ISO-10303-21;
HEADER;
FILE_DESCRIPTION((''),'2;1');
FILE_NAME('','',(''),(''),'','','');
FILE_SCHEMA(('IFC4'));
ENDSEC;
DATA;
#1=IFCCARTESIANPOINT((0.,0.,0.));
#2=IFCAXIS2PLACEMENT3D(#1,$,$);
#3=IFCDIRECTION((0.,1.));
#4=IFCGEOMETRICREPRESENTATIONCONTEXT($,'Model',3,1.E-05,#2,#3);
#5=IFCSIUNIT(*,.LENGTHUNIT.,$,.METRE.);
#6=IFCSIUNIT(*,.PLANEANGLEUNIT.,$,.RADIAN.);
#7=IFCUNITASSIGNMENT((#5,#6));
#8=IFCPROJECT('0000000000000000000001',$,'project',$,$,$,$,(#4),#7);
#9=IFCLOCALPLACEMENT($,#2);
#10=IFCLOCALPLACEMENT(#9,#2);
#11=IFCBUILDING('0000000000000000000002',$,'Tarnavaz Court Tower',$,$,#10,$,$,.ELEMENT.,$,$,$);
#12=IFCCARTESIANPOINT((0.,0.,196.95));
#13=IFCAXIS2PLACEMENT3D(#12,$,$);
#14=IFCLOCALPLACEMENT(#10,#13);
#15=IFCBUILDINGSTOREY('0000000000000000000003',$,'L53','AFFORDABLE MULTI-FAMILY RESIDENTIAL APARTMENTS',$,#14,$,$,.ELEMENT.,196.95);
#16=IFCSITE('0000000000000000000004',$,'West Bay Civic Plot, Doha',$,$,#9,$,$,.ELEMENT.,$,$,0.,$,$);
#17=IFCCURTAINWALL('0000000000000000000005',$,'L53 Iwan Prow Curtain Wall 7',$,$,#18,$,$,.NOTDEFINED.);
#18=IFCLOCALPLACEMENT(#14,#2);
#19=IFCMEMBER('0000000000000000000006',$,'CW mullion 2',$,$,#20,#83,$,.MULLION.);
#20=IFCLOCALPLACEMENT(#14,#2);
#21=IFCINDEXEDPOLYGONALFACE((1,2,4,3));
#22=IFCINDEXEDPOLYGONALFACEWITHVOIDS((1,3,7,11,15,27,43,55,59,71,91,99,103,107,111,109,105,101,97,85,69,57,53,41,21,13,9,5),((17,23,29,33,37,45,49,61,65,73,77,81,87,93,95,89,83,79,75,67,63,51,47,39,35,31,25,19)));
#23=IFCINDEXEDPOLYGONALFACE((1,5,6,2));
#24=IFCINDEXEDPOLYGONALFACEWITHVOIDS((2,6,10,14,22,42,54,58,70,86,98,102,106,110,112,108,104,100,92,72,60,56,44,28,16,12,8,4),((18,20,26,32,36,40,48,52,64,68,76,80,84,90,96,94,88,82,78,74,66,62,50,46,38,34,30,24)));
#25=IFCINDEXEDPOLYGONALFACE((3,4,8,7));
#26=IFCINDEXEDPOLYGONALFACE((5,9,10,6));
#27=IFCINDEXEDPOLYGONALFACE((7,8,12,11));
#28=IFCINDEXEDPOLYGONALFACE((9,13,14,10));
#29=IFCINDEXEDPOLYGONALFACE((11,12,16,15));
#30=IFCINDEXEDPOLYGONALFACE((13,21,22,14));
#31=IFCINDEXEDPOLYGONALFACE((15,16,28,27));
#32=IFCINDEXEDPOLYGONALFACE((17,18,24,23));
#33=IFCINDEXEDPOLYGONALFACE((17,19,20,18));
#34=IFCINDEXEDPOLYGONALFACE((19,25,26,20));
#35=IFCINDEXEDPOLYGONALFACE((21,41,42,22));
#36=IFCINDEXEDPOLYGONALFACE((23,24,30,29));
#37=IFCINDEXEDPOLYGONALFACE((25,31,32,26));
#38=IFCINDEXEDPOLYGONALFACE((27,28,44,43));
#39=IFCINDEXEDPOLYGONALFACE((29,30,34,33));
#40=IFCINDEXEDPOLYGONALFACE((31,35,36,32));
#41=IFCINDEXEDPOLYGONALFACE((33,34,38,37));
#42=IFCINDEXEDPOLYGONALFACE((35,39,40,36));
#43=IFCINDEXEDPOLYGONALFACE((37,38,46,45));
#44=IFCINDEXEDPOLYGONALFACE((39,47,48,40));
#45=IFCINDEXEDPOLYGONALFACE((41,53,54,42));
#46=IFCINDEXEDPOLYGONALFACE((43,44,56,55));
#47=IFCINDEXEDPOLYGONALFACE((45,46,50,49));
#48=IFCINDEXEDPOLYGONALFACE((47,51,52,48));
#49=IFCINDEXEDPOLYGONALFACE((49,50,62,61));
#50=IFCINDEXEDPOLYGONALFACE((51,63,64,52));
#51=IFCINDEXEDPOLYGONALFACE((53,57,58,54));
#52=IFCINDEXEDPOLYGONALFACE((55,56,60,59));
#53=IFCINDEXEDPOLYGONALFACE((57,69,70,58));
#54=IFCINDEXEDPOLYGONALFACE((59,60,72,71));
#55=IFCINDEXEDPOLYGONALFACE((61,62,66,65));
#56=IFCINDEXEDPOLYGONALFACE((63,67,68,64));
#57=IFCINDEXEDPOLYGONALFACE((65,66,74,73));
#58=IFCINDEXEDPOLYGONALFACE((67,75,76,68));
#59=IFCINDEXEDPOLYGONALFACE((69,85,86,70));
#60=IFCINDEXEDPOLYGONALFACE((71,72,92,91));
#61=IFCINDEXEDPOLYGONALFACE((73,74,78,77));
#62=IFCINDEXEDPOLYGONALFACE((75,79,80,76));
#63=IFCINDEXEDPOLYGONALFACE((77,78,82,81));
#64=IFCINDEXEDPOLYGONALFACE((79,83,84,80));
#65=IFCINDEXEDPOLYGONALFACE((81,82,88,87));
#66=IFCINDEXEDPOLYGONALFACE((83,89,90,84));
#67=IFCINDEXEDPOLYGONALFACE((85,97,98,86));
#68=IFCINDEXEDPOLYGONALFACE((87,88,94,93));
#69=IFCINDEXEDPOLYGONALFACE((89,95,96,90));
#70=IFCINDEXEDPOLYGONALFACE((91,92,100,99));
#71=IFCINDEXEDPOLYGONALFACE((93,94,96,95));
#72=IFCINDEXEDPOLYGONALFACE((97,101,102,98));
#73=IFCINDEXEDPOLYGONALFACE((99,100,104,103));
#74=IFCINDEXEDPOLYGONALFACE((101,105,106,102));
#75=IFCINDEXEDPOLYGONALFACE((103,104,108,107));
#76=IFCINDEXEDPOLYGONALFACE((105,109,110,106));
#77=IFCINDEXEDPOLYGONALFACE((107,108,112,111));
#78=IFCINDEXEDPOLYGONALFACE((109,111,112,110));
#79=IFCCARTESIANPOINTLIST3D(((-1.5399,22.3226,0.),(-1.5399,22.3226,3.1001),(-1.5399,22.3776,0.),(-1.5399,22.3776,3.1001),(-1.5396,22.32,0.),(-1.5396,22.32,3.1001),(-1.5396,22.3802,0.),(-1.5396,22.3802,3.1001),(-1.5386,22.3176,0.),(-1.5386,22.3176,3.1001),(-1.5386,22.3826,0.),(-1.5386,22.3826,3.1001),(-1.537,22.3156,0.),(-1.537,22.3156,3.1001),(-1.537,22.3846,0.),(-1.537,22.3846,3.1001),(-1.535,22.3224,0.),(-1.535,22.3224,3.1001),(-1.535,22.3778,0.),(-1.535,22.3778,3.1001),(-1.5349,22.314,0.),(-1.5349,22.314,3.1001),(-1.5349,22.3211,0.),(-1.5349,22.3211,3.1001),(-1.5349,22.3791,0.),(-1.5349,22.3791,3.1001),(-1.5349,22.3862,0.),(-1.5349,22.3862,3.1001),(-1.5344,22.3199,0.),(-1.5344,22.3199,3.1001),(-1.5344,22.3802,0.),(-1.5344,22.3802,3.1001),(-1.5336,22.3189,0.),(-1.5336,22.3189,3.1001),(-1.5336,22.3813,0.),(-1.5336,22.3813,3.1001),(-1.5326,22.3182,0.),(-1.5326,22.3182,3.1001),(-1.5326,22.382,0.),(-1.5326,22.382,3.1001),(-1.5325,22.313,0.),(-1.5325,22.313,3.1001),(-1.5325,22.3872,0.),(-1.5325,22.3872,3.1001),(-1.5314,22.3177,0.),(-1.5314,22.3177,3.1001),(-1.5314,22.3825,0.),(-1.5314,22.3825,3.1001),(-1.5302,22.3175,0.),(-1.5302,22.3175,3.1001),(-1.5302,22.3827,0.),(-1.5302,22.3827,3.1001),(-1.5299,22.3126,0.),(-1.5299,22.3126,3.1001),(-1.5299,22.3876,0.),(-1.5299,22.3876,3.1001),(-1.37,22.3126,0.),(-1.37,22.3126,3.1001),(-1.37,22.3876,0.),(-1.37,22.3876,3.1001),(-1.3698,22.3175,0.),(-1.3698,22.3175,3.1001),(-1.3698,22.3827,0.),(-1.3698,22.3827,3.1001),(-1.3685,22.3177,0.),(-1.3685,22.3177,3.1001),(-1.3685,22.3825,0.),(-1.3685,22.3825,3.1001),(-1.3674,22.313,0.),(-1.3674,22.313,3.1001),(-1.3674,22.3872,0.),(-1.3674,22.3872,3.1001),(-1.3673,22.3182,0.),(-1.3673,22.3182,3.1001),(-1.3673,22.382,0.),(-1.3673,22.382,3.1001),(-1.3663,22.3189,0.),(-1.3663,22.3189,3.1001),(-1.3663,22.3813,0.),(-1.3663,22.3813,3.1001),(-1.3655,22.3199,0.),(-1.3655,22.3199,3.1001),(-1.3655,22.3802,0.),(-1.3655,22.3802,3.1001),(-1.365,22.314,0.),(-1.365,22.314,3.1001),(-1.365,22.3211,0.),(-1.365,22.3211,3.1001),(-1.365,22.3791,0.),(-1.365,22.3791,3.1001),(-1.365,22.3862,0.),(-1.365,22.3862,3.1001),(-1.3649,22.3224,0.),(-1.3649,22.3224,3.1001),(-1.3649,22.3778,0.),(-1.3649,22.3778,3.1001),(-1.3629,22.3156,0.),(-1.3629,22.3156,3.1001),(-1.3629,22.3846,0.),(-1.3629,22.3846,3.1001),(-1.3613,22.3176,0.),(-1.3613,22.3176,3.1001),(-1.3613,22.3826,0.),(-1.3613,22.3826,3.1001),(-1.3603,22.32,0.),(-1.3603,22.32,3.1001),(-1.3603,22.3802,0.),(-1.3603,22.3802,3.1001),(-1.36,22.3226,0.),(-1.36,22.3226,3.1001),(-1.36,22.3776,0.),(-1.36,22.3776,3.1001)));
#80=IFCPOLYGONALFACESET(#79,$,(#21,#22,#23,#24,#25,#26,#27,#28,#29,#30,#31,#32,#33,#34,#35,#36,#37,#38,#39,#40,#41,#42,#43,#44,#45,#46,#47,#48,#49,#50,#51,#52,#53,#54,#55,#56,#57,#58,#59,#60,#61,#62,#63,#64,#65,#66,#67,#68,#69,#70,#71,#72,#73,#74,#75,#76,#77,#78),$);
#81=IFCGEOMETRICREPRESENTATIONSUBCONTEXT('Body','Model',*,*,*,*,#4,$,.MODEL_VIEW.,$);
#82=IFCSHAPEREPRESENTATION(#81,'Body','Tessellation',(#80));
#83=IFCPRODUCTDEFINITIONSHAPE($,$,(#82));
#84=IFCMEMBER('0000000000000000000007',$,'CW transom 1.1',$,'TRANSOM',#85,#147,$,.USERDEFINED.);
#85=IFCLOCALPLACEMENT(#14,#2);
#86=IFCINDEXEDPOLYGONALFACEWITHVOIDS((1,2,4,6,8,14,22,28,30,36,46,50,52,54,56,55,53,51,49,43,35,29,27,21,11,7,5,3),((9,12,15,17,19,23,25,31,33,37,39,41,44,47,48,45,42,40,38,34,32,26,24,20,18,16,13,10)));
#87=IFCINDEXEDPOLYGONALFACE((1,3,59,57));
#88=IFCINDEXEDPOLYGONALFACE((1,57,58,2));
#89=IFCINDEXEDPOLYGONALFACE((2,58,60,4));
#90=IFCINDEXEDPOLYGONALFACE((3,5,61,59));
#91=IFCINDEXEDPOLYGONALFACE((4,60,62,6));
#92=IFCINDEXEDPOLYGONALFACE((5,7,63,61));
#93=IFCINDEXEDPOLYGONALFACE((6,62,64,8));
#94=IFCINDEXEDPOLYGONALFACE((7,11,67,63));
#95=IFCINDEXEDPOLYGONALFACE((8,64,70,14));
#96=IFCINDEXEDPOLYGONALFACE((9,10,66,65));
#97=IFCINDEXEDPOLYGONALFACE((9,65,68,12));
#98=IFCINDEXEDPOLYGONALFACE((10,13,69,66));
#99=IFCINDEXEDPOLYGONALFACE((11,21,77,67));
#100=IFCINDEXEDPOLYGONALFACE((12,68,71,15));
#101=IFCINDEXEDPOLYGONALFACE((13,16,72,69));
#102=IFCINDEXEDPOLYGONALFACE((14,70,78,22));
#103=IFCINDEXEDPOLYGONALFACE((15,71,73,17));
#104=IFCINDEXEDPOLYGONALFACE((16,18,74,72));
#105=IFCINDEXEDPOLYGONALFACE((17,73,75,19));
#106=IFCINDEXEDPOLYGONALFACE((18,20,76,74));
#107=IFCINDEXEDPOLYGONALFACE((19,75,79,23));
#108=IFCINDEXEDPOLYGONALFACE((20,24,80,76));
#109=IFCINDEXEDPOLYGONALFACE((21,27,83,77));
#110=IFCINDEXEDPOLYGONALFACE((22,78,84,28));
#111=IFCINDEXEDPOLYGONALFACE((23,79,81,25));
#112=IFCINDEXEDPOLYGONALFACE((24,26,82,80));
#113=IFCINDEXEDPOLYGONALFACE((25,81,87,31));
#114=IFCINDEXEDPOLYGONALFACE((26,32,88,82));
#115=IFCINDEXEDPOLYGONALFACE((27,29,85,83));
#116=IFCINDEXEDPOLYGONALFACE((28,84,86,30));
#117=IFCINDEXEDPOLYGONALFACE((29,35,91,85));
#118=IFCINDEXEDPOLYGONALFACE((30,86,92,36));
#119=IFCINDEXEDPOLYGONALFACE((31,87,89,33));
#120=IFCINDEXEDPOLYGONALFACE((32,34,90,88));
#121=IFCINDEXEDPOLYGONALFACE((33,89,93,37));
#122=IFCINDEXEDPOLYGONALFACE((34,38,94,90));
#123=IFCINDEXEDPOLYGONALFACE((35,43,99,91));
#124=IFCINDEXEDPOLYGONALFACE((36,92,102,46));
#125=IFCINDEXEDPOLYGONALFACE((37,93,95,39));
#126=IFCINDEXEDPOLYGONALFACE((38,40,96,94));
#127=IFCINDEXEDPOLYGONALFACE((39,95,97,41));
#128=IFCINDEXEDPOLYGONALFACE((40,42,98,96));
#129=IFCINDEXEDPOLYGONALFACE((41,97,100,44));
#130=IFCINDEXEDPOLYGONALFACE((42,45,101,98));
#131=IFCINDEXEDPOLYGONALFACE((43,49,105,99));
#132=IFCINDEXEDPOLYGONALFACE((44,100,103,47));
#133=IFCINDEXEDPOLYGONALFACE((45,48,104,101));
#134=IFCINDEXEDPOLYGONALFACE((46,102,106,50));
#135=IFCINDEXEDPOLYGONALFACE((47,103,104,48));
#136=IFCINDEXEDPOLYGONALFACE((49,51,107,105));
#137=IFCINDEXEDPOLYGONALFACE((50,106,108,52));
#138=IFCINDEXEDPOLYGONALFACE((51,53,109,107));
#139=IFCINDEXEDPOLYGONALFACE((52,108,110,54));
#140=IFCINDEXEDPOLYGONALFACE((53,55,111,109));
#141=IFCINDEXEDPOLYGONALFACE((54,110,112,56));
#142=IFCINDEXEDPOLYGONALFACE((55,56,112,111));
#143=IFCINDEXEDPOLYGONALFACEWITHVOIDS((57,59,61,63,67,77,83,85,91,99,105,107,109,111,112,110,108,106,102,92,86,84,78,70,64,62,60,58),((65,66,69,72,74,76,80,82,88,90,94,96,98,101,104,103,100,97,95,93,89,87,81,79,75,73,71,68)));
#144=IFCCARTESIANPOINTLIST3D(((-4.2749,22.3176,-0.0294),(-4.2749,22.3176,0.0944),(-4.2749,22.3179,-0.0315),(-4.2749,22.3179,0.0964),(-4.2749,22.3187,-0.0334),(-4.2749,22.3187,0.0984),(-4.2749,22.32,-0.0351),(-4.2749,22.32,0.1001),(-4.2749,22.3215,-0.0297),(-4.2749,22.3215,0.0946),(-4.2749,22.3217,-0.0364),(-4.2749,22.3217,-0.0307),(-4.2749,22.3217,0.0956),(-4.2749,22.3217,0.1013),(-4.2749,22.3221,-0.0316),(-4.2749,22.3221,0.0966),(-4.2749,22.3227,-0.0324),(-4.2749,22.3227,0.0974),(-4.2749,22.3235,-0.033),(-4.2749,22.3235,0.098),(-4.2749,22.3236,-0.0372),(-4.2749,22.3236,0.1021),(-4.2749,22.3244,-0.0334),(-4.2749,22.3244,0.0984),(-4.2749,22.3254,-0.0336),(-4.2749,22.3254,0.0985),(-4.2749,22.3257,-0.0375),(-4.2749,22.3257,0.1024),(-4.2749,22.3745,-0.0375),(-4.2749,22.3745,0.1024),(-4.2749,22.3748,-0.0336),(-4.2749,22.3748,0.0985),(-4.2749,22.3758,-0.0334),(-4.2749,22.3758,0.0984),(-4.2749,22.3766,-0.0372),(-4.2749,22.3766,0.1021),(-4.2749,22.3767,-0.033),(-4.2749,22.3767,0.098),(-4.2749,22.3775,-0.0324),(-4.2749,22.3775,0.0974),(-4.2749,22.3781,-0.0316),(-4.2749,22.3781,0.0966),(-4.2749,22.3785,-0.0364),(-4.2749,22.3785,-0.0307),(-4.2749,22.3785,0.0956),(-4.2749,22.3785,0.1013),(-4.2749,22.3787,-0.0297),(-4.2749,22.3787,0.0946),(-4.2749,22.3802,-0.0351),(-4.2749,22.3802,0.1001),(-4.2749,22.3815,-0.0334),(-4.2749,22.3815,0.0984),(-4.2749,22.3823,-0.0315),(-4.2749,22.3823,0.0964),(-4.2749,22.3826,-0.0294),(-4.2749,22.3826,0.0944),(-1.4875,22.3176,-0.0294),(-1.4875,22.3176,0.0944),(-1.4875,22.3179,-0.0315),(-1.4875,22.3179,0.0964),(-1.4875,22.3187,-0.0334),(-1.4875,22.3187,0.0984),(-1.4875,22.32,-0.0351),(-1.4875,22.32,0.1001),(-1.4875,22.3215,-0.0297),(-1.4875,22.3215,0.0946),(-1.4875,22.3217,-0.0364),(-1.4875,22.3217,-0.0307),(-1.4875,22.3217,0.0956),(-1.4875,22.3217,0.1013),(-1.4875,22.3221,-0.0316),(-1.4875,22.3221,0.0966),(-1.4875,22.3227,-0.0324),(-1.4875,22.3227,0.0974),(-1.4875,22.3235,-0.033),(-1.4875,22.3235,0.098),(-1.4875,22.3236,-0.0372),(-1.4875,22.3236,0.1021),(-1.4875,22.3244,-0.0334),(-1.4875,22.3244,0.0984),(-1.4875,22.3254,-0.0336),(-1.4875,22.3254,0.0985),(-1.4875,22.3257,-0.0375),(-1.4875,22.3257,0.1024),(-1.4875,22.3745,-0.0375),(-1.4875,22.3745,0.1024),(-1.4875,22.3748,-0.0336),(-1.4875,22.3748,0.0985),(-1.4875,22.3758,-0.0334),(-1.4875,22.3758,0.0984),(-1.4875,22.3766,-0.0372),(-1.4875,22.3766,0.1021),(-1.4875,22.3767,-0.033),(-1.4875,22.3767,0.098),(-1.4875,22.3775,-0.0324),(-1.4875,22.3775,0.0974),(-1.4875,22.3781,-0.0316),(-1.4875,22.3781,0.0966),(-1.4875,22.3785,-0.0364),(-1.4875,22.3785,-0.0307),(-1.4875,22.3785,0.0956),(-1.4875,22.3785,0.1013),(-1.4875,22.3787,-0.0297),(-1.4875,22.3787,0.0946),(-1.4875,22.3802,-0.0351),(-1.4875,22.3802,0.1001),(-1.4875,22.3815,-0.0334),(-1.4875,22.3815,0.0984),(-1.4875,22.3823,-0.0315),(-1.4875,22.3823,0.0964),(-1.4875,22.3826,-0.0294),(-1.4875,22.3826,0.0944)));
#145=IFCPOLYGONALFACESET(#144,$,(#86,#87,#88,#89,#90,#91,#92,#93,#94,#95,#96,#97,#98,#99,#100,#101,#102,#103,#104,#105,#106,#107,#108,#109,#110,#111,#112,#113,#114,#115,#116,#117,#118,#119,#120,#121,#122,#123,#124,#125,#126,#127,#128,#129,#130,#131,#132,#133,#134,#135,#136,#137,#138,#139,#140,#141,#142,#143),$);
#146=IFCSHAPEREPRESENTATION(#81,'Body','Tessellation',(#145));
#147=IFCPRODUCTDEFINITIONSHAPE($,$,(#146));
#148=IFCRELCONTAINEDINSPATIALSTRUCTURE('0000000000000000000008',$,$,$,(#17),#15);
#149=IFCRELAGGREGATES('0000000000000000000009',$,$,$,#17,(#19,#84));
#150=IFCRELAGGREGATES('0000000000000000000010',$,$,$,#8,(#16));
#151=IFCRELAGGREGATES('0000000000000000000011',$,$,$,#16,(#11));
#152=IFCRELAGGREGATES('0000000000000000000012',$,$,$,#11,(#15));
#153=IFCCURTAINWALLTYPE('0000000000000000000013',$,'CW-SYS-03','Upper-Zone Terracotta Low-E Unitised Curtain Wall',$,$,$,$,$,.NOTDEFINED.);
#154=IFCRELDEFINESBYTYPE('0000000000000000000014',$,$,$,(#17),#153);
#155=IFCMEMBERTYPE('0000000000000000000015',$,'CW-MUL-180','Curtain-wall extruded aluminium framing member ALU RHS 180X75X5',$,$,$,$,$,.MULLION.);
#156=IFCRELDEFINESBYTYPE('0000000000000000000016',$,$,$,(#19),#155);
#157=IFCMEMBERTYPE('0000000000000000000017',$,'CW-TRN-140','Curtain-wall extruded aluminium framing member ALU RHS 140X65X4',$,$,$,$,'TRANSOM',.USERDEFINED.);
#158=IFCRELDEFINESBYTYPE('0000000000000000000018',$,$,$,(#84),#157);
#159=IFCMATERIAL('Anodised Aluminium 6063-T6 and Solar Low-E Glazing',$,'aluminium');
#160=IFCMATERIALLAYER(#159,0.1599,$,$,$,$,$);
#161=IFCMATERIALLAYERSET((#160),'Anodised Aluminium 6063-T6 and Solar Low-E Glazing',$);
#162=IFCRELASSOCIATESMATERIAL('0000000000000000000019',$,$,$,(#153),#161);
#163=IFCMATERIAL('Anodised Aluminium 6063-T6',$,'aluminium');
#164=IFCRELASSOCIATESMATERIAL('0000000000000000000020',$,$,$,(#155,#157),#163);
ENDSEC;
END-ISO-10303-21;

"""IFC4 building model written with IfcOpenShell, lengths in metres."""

from ifc_helpers import new_model, si_unit, direction, frame, origin, origin_2d, place, context, subcontext, project, spatial, hollow_rectangle, extrude, material, layer, layer_set, material_profile, profile_set, type_object, element, aggregate, save


model = new_model("IFC4")

# Units and contexts
model_context = context("Model", 3, precision=1e-05, world=origin(), true_north=direction((0.0, 1.0)))
body_context = subcontext(model_context, "Body", "Model", "MODEL_VIEW")
ifc_project = project(units=[si_unit("LENGTHUNIT", "METRE"), si_unit("PLANEANGLEUNIT", "RADIAN")], contexts=[model_context])

# Site, building, storey
site_placement = place(None, origin())
site = spatial("IfcSite", under=ifc_project, at=site_placement, Name="West Bay Civic Plot, Doha", CompositionType="ELEMENT", RefElevation=0.0)
building_placement = place(site_placement, origin())
building = spatial("IfcBuilding", under=site, at=building_placement, Name="Tarnavaz Court Tower", CompositionType="ELEMENT")
storey_placement = place(building_placement, frame((0.0, 0.0, 196.95)))
storey = spatial("IfcBuildingStorey", under=building, at=storey_placement, Name="L53", Description="AFFORDABLE MULTI-FAMILY RESIDENTIAL APARTMENTS", CompositionType="ELEMENT", Elevation=196.95)

# Curtain wall, members
ifc_material_1 = material(Name="Anodised Aluminium 6063-T6 and Solar Low-E Glazing", Category="aluminium")
ifc_layer_1 = layer(ifc_material_1, 0.1599)
ifc_layer_set_1 = layer_set([ifc_layer_1], Name="Anodised Aluminium 6063-T6 and Solar Low-E Glazing")
curtain_wall_type = type_object("IfcCurtainWallType", Name="CW-SYS-03", Description="Upper-Zone Terracotta Low-E Unitised Curtain Wall", PredefinedType="NOTDEFINED", material=ifc_layer_set_1)
curtain_wall_placement = place(storey_placement, origin())
curtain_wall = element("IfcCurtainWall", 1, at=curtain_wall_placement, inside=storey, type_object=curtain_wall_type, Name="L53 Iwan Prow Curtain Wall 7", PredefinedType="NOTDEFINED")
ifc_material_2 = material(Name="Anodised Aluminium 6063-T6", Category="aluminium")
ifc_material_profile_1 = material_profile(ifc_material_2, hollow_rectangle(XDim=0.075, YDim=0.1799, WallThickness=0.0049, InnerFilletRadius=0.0049, OuterFilletRadius=0.01, at=origin_2d()), Name="ALU RHS 180X75X5")
ifc_profile_set_1 = profile_set([ifc_material_profile_1], Name="Anodised Aluminium 6063-T6")
member_type_1 = type_object("IfcMemberType", Name="CW-MUL-180", Description="Curtain-wall extruded aluminium framing member ALU RHS 180X75X5", PredefinedType="MULLION", material=ifc_profile_set_1)
member_1_placement = place(storey_placement, frame((-1.45, 22.3501, 0.0), z_axis=(0.0, 0.0, 1.0), x_axis=(0.0, 1.0, 0.0)))
member_1 = element("IfcMember", 2, at=member_1_placement, type_object=member_type_1, Name="CW mullion 2", PredefinedType="MULLION", context=body_context, shape_type="SweptSolid", body=[
    extrude(hollow_rectangle(XDim=0.075, YDim=0.1799, WallThickness=0.0049, InnerFilletRadius=0.0049, OuterFilletRadius=0.01, at=origin_2d()), origin(), (0.0, 0.0, 1.0), 3.1001),
])
ifc_material_profile_2 = material_profile(ifc_material_2, hollow_rectangle(XDim=0.0649, YDim=0.1399, WallThickness=0.0039, InnerFilletRadius=0.0039, OuterFilletRadius=0.0081, at=origin_2d()), Name="ALU RHS 140X65X4")
ifc_profile_set_2 = profile_set([ifc_material_profile_2], Name="Anodised Aluminium 6063-T6")
member_type_2 = type_object("IfcMemberType", Name="CW-TRN-140", Description="Curtain-wall extruded aluminium framing member ALU RHS 140X65X4", ElementType="TRANSOM", PredefinedType="USERDEFINED", material=ifc_profile_set_2)
member_2_placement = place(storey_placement, frame((-4.2749, 22.3501, 0.0325), z_axis=(1.0, 0.0, 0.0), x_axis=(0.0, 1.0, 0.0)))
member_2 = element("IfcMember", 3, at=member_2_placement, type_object=member_type_2, Name="CW transom 1.1", ObjectType="TRANSOM", PredefinedType="USERDEFINED", context=body_context, shape_type="SweptSolid", body=[
    extrude(hollow_rectangle(XDim=0.0649, YDim=0.1399, WallThickness=0.0039, InnerFilletRadius=0.0039, OuterFilletRadius=0.0081, at=origin_2d()), origin(), (0.0, 0.0, 1.0), 2.7874),
])
aggregate(curtain_wall, [member_1, member_2])

save(model, "model.ifc")
